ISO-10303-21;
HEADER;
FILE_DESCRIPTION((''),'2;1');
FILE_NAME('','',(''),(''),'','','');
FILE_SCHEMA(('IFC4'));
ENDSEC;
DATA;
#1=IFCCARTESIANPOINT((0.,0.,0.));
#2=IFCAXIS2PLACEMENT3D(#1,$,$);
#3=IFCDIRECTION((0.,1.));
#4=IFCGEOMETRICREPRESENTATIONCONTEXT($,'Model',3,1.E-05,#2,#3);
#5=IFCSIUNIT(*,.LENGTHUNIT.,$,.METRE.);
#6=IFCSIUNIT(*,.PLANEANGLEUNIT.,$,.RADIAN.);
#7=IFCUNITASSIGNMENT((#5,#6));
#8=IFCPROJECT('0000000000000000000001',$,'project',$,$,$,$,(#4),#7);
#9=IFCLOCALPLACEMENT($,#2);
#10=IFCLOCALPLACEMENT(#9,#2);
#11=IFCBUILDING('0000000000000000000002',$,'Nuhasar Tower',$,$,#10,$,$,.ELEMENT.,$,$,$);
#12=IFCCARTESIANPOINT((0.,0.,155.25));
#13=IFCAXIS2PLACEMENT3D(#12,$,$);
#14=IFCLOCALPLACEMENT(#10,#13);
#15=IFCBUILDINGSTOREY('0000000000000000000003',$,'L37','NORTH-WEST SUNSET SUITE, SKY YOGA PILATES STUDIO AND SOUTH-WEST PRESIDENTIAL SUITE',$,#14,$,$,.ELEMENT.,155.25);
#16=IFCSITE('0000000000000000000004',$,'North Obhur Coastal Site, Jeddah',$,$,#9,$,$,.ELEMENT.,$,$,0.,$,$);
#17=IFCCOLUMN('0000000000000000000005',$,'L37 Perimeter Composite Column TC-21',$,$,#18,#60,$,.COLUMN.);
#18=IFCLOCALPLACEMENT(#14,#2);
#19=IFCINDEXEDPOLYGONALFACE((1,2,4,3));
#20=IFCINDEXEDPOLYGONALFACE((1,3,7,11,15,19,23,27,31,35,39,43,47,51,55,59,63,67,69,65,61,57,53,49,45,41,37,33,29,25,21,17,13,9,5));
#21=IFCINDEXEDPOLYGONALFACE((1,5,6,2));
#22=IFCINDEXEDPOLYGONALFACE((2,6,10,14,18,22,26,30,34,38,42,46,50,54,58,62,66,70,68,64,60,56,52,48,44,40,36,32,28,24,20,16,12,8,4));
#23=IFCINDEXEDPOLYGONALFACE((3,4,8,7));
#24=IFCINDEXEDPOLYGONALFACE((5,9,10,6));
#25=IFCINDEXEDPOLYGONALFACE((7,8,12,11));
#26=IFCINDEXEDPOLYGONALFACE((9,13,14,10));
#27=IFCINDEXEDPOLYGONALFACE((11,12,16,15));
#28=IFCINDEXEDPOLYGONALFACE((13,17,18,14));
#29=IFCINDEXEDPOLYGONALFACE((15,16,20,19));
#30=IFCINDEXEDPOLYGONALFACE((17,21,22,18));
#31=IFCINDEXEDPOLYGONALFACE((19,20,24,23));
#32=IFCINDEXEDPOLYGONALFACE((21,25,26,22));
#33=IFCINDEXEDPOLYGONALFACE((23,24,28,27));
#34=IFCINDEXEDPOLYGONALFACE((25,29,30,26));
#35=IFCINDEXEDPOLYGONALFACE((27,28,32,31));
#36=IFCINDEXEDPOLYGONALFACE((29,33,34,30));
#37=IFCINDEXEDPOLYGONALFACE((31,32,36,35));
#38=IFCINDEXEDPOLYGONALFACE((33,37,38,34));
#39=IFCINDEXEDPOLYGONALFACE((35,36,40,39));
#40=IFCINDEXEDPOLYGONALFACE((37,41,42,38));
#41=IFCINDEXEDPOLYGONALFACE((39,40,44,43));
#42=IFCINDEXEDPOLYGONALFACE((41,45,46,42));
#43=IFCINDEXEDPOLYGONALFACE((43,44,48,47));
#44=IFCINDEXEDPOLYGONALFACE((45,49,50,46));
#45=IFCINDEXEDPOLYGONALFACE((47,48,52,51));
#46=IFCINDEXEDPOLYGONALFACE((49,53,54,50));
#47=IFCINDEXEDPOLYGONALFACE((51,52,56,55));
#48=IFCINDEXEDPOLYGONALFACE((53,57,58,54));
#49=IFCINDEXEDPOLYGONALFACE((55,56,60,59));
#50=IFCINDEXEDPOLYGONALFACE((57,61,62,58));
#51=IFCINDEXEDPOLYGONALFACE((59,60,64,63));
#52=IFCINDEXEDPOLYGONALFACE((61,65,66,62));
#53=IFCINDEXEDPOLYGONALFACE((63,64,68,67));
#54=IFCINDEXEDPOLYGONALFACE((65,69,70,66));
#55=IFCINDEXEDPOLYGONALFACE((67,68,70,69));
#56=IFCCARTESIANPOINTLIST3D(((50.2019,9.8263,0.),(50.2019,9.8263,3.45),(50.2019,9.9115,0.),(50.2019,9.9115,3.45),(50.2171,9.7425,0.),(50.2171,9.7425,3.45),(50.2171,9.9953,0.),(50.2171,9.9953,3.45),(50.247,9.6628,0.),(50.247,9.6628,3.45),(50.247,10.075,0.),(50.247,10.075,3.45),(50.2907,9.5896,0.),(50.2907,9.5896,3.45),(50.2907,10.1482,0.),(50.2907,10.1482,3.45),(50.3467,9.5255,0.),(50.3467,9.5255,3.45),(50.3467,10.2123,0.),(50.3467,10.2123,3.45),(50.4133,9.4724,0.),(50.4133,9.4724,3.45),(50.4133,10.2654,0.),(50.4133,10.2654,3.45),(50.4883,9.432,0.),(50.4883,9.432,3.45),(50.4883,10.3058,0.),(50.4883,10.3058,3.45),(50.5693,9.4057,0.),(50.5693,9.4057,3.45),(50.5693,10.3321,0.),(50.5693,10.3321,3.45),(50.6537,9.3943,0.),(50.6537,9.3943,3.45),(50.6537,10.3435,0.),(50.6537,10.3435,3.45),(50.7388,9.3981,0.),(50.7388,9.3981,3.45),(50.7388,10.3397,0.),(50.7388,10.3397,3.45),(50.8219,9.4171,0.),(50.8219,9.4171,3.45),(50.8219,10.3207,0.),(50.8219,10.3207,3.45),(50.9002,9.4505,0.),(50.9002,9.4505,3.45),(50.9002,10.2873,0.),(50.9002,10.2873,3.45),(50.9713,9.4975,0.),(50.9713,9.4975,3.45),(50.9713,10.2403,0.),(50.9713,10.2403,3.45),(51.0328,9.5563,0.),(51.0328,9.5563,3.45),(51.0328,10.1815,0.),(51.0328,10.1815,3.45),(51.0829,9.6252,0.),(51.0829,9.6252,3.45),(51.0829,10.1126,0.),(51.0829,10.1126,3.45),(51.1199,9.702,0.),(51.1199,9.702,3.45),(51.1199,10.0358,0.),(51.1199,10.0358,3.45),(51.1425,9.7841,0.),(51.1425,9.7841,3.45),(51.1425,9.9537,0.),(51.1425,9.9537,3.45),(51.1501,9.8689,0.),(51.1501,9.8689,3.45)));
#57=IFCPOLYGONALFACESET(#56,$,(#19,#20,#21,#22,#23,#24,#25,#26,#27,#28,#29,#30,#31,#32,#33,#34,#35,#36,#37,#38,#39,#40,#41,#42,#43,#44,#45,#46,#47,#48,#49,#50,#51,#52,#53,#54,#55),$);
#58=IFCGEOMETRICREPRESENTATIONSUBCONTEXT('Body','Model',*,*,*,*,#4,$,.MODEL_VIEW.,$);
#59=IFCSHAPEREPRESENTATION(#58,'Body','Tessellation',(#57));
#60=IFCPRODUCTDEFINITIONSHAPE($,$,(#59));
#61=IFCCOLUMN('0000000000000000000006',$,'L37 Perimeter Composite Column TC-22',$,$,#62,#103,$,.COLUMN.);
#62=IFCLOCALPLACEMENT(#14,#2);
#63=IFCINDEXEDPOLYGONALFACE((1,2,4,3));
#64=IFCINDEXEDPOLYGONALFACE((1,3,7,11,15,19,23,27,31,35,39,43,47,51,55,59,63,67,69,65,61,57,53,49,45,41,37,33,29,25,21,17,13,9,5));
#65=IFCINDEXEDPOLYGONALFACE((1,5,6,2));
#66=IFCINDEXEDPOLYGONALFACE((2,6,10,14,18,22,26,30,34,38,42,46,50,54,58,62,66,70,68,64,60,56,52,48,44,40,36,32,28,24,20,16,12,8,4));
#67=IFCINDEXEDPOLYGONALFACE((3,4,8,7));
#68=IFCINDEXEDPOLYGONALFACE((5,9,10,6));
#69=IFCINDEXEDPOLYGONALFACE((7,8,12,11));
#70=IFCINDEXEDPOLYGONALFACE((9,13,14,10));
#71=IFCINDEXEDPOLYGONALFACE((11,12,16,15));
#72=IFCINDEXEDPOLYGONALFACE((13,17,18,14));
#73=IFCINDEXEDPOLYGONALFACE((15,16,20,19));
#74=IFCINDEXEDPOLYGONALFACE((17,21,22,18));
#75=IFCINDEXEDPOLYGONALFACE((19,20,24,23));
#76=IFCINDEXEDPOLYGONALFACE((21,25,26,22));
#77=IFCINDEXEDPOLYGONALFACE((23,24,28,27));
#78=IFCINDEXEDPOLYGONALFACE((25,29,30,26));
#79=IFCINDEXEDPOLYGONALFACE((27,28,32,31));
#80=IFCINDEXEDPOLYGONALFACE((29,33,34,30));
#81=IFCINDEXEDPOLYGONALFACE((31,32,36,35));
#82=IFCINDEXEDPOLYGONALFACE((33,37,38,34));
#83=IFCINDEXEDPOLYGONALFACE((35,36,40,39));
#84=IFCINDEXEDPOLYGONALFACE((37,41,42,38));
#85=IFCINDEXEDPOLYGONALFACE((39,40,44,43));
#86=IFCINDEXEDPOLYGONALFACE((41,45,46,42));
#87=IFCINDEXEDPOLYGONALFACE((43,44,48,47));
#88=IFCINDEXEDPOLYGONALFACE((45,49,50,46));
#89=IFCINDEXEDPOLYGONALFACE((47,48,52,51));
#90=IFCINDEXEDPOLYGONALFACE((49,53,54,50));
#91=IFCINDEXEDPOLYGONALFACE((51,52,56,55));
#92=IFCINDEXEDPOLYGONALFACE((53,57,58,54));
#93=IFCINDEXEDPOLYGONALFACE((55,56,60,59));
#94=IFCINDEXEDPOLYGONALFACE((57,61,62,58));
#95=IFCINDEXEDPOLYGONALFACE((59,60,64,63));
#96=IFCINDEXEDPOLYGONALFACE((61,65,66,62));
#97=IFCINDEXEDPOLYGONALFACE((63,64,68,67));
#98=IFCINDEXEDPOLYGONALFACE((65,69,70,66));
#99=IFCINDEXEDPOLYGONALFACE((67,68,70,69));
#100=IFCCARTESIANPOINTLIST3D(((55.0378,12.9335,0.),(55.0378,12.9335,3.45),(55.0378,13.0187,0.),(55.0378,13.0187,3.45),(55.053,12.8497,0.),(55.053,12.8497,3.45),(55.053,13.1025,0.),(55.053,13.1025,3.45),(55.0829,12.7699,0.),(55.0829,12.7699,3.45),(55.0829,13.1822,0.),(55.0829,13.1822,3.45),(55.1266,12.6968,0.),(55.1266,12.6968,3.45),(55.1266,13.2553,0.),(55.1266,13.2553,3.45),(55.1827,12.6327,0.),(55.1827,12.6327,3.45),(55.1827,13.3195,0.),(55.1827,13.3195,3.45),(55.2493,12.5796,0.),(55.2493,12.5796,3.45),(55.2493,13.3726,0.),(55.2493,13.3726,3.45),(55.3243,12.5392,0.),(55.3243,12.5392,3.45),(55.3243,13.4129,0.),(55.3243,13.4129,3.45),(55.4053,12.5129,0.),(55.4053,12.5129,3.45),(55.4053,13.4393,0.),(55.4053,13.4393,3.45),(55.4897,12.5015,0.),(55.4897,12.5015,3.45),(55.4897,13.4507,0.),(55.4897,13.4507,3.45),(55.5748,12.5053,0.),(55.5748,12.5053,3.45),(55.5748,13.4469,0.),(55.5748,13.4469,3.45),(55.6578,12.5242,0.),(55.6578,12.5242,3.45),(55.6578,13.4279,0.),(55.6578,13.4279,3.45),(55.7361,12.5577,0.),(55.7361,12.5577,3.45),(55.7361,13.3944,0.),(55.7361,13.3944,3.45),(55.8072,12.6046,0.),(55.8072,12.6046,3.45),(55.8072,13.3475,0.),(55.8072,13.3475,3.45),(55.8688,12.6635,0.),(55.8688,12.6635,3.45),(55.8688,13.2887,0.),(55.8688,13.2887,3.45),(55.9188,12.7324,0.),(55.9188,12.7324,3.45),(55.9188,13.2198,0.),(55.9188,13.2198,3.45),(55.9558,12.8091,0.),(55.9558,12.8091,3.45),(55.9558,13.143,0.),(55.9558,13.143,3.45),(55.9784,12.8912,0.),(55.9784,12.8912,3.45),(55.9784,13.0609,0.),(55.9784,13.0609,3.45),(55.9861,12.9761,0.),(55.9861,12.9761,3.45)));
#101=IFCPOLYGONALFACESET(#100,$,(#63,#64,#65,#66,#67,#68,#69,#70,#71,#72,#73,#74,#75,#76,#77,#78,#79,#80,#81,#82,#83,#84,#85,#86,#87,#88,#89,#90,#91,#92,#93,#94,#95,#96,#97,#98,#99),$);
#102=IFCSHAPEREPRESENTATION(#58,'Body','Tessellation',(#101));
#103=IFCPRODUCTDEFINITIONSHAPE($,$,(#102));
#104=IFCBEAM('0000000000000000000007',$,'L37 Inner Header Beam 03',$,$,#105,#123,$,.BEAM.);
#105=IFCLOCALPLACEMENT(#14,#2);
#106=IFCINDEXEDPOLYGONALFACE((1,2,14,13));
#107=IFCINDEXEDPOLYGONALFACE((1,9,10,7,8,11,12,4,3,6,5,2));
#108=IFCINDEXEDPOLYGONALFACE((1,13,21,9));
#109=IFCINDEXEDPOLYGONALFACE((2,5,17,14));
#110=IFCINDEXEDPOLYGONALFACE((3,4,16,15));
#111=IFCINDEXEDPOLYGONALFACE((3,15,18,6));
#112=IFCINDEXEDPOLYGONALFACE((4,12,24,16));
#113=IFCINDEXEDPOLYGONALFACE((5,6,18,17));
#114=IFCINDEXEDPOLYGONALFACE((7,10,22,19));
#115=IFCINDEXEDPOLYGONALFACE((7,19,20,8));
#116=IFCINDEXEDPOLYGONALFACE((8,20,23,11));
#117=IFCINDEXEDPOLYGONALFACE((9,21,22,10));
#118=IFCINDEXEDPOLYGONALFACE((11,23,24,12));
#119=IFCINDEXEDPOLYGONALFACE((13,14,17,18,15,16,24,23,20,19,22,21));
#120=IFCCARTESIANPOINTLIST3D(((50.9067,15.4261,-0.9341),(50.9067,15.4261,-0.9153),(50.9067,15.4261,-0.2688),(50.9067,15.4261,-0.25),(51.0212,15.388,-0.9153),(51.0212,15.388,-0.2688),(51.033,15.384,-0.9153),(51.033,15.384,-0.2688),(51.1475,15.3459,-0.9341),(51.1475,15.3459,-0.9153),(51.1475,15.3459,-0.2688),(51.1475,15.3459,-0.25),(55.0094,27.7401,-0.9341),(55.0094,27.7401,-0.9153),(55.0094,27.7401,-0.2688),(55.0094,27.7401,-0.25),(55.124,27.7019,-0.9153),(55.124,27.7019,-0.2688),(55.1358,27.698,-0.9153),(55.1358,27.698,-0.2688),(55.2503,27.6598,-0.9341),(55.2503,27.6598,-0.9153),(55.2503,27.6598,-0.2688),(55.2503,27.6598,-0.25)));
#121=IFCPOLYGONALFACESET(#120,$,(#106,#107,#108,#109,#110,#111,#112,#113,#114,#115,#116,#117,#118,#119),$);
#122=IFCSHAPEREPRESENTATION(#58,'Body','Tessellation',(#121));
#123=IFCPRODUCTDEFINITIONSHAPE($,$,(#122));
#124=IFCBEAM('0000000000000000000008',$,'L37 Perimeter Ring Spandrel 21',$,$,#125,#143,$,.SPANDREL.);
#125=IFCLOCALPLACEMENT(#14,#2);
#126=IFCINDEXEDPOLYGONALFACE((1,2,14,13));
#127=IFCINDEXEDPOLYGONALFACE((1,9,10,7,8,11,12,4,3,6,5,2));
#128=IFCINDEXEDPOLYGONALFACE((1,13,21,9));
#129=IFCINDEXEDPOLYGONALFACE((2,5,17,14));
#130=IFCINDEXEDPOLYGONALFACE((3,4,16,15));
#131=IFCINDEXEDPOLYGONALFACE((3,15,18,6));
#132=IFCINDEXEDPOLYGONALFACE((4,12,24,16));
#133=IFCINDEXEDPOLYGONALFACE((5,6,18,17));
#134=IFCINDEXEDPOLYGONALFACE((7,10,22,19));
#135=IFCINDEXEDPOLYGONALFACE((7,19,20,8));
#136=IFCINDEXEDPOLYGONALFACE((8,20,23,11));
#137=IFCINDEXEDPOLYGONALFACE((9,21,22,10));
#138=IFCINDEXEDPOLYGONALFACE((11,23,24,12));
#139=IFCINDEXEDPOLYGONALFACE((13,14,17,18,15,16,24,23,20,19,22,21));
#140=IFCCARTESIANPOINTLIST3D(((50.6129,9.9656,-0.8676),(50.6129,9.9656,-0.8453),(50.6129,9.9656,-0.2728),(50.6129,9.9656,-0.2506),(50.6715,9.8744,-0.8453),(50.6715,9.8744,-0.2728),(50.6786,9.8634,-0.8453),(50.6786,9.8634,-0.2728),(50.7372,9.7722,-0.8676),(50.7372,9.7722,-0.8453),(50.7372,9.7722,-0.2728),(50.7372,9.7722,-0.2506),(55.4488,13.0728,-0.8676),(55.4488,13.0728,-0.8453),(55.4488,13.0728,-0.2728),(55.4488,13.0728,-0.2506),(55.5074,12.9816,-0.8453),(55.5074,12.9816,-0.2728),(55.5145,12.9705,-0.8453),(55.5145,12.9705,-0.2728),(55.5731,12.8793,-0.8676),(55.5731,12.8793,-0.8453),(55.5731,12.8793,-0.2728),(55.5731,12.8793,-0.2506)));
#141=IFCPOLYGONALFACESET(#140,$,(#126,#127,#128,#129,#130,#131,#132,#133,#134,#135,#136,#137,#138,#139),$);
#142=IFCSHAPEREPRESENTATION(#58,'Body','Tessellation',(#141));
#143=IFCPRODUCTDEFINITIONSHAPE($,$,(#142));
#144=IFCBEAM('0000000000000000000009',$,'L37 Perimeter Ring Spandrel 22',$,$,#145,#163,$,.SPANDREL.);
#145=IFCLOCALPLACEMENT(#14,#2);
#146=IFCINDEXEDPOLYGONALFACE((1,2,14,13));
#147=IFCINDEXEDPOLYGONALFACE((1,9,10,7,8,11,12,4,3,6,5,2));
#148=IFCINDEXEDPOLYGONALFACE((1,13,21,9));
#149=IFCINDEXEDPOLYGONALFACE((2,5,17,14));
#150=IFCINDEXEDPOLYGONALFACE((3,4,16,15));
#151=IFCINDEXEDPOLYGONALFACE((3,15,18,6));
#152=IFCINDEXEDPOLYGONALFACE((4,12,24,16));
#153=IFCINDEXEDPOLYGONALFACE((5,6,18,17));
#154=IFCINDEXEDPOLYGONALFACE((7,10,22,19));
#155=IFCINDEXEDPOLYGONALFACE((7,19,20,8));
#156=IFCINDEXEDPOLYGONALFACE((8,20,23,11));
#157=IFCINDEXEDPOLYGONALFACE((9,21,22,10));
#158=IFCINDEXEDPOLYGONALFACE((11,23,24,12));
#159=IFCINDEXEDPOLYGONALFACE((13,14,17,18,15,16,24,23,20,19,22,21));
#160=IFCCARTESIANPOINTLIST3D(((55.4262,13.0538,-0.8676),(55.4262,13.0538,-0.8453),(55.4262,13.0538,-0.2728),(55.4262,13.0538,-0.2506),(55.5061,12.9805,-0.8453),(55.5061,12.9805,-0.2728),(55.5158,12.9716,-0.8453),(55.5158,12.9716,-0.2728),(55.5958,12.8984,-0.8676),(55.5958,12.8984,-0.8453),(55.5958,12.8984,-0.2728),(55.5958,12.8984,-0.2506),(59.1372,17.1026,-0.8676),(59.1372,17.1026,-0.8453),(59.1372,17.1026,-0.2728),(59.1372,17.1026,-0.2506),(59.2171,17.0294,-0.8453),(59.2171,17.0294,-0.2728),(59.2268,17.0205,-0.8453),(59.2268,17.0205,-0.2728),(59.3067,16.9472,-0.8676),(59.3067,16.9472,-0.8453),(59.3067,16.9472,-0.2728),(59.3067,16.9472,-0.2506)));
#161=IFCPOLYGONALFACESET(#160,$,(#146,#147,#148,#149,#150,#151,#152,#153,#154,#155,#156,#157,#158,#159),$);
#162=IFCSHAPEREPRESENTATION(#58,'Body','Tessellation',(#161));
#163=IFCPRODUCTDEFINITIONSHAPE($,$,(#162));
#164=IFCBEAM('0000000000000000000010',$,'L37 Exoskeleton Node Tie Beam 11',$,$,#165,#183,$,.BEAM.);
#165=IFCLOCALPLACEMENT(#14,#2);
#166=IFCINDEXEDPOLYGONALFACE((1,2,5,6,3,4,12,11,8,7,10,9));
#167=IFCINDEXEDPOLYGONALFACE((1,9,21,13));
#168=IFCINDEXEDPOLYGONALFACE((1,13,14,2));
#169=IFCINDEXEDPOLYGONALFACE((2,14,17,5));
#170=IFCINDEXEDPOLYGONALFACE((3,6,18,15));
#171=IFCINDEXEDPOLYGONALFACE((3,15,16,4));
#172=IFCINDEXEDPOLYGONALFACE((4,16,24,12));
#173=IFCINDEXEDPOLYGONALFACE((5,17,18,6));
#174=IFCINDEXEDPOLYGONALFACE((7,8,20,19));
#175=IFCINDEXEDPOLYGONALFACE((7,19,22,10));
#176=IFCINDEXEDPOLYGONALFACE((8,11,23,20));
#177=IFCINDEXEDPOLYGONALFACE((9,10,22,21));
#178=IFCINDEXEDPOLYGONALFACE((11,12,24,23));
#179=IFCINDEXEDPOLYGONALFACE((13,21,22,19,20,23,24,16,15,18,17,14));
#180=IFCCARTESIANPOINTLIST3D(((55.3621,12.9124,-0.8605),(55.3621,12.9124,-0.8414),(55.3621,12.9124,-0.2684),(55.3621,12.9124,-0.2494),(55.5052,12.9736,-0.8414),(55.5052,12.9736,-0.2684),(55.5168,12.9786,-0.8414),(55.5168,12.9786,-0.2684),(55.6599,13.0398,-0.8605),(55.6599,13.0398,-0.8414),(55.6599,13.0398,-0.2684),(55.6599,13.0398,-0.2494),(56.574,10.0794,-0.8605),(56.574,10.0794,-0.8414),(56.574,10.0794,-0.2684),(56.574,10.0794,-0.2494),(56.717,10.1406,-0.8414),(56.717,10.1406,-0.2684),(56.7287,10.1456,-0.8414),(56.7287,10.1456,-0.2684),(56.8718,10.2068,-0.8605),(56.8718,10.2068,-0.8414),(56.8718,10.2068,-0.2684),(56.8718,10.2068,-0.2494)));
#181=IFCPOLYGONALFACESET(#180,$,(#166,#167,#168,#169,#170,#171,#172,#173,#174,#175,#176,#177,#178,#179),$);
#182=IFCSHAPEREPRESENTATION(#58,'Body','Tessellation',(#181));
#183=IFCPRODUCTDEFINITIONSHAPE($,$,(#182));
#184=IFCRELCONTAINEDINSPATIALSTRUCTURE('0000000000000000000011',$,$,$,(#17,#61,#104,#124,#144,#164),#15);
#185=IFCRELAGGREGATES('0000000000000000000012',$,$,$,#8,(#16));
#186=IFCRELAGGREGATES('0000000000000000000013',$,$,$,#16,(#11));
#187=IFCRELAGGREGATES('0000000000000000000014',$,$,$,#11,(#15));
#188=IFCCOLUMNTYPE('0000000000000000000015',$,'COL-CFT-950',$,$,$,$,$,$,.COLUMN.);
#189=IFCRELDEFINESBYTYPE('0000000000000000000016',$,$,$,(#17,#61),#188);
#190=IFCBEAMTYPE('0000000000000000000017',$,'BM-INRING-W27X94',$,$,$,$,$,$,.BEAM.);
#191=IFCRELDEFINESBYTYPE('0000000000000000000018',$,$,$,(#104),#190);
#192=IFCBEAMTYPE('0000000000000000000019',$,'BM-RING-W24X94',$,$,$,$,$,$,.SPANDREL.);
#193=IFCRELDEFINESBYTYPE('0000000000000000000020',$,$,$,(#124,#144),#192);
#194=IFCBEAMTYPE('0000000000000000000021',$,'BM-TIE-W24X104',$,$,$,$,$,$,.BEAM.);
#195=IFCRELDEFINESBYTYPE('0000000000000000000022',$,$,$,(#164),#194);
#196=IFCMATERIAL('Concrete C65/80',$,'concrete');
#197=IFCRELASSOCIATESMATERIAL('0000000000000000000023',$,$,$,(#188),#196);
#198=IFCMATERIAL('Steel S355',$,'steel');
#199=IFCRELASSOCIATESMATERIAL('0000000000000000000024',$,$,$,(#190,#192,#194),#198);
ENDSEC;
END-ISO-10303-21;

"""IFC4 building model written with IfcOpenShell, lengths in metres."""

from ifc_helpers import new_model, si_unit, direction, frame, origin, origin_2d, place, context, subcontext, project, spatial, circle, i_section, extrude, material, material_profile, profile_set, type_object, element, save


model = new_model("IFC4")

# Units and contexts
model_context = context("Model", 3, precision=1e-05, world=origin(), true_north=direction((0.0, 1.0)))
body_context = subcontext(model_context, "Body", "Model", "MODEL_VIEW")
ifc_project = project(units=[si_unit("LENGTHUNIT", "METRE"), si_unit("PLANEANGLEUNIT", "RADIAN")], contexts=[model_context])

# Site, building, storey
site_placement = place(None, origin())
site = spatial("IfcSite", under=ifc_project, at=site_placement, Name="North Obhur Coastal Site, Jeddah", CompositionType="ELEMENT", RefElevation=0.0)
building_placement = place(site_placement, origin())
building = spatial("IfcBuilding", under=site, at=building_placement, Name="Nuhasar Tower", CompositionType="ELEMENT")
storey_placement = place(building_placement, frame((0.0, 0.0, 155.25)))
storey = spatial("IfcBuildingStorey", under=building, at=storey_placement, Name="L37", Description="NORTH-WEST SUNSET SUITE, SKY YOGA PILATES STUDIO AND SOUTH-WEST PRESIDENTIAL SUITE", CompositionType="ELEMENT", Elevation=155.25)

# Columns
ifc_material_1 = material(Name="Concrete C65/80", Category="concrete")
ifc_material_profile_1 = material_profile(ifc_material_1, circle(Radius=0.4751, at=origin_2d()), Name="CFT950")
ifc_profile_set_1 = profile_set([ifc_material_profile_1], Name="Concrete C65/80")
column_type = type_object("IfcColumnType", Name="COL-CFT-950", PredefinedType="COLUMN", material=ifc_profile_set_1)
for number, where, z_axis, x_axis, name in (
    (1, (50.675, 9.8689, 0.0), (0.0, 0.0, 1.0), (1.0, 0.0, 0.0), "L37 Perimeter Composite Column TC-21"),
    (2, (55.511, 12.9761, 0.0), (0.0, 0.0, 1.0), (1.0, 0.0, 0.0), "L37 Perimeter Composite Column TC-22"),
):
    element("IfcColumn", number, at=place(storey_placement, frame(where, z_axis=z_axis, x_axis=x_axis)), inside=storey, type_object=column_type, Name=name, PredefinedType="COLUMN", context=body_context, shape_type="SweptSolid", body=[
        extrude(circle(Radius=0.4751, at=origin_2d()), origin(), (0.0, 0.0, 1.0), 3.45),
    ])

# Beams
ifc_material_2 = material(Name="Steel S355", Category="steel")
ifc_material_profile_2 = material_profile(ifc_material_2, i_section(OverallWidth=0.2539, OverallDepth=0.6841, WebThickness=0.0125, FlangeThickness=0.0188, at=origin_2d()), Name="W27X94")
ifc_profile_set_2 = profile_set([ifc_material_profile_2], Name="Steel S355")
beam_type_1 = type_object("IfcBeamType", Name="BM-INRING-W27X94", PredefinedType="BEAM", material=ifc_profile_set_2)
beam_1_placement = place(storey_placement, frame((51.0271, 15.386, -0.592), z_axis=(0.316098, 0.948727, 0.0), x_axis=(-0.948727, 0.316098, 0.0)))
element("IfcBeam", 3, at=beam_1_placement, inside=storey, type_object=beam_type_1, Name="L37 Inner Header Beam 03", PredefinedType="BEAM", context=body_context, shape_type="SweptSolid", body=[
    extrude(i_section(OverallWidth=0.2539, OverallDepth=0.6841, WebThickness=0.0125, FlangeThickness=0.0188, at=origin_2d()), origin(), (0.0, 0.0, 1.0), 12.9795),
])
ifc_material_profile_3 = material_profile(ifc_material_2, i_section(OverallWidth=0.23, OverallDepth=0.6169, WebThickness=0.0132, FlangeThickness=0.0222, at=origin_2d()), Name="W24X94")
ifc_profile_set_3 = profile_set([ifc_material_profile_3], Name="Steel S355")
beam_type_2 = type_object("IfcBeamType", Name="BM-RING-W24X94", PredefinedType="SPANDREL", material=ifc_profile_set_3)
beam_2_placement = place(storey_placement, frame((50.675, 9.8689, -0.5591), z_axis=(0.841308, 0.540556, 0.0), x_axis=(-0.540556, 0.841308, 0.0)))
element("IfcBeam", 4, at=beam_2_placement, inside=storey, type_object=beam_type_2, Name="L37 Perimeter Ring Spandrel 21", PredefinedType="SPANDREL", context=body_context, shape_type="SweptSolid", body=[
    extrude(i_section(OverallWidth=0.23, OverallDepth=0.6169, WebThickness=0.0132, FlangeThickness=0.0222, at=origin_2d()), origin(), (0.0, 0.0, 1.0), 5.748),
])
beam_3_placement = place(storey_placement, frame((55.511, 12.9761, -0.5591), z_axis=(0.675676, 0.737198, 0.0), x_axis=(-0.737198, 0.675676, 0.0)))
element("IfcBeam", 5, at=beam_3_placement, inside=storey, type_object=beam_type_2, Name="L37 Perimeter Ring Spandrel 22", PredefinedType="SPANDREL", context=body_context, shape_type="SweptSolid", body=[
    extrude(i_section(OverallWidth=0.23, OverallDepth=0.6169, WebThickness=0.0132, FlangeThickness=0.0222, at=origin_2d()), origin(), (0.0, 0.0, 1.0), 5.4922),
])
ifc_material_profile_4 = material_profile(ifc_material_2, i_section(OverallWidth=0.324, OverallDepth=0.6111, WebThickness=0.0127, FlangeThickness=0.019, at=origin_2d()), Name="W24X104")
ifc_profile_set_4 = profile_set([ifc_material_profile_4], Name="Steel S355")
beam_type_3 = type_object("IfcBeamType", Name="BM-TIE-W24X104", PredefinedType="BEAM", material=ifc_profile_set_4)
beam_4_placement = place(storey_placement, frame((55.511, 12.9761, -0.5549), z_axis=(0.393307, -0.919407, 0.0), x_axis=(0.919407, 0.393307, 0.0)))
element("IfcBeam", 6, at=beam_4_placement, inside=storey, type_object=beam_type_3, Name="L37 Exoskeleton Node Tie Beam 11", PredefinedType="BEAM", context=body_context, shape_type="SweptSolid", body=[
    extrude(i_section(OverallWidth=0.324, OverallDepth=0.6111, WebThickness=0.0127, FlangeThickness=0.019, at=origin_2d()), origin(), (0.0, 0.0, 1.0), 3.0813),
])

save(model, "model.ifc")
